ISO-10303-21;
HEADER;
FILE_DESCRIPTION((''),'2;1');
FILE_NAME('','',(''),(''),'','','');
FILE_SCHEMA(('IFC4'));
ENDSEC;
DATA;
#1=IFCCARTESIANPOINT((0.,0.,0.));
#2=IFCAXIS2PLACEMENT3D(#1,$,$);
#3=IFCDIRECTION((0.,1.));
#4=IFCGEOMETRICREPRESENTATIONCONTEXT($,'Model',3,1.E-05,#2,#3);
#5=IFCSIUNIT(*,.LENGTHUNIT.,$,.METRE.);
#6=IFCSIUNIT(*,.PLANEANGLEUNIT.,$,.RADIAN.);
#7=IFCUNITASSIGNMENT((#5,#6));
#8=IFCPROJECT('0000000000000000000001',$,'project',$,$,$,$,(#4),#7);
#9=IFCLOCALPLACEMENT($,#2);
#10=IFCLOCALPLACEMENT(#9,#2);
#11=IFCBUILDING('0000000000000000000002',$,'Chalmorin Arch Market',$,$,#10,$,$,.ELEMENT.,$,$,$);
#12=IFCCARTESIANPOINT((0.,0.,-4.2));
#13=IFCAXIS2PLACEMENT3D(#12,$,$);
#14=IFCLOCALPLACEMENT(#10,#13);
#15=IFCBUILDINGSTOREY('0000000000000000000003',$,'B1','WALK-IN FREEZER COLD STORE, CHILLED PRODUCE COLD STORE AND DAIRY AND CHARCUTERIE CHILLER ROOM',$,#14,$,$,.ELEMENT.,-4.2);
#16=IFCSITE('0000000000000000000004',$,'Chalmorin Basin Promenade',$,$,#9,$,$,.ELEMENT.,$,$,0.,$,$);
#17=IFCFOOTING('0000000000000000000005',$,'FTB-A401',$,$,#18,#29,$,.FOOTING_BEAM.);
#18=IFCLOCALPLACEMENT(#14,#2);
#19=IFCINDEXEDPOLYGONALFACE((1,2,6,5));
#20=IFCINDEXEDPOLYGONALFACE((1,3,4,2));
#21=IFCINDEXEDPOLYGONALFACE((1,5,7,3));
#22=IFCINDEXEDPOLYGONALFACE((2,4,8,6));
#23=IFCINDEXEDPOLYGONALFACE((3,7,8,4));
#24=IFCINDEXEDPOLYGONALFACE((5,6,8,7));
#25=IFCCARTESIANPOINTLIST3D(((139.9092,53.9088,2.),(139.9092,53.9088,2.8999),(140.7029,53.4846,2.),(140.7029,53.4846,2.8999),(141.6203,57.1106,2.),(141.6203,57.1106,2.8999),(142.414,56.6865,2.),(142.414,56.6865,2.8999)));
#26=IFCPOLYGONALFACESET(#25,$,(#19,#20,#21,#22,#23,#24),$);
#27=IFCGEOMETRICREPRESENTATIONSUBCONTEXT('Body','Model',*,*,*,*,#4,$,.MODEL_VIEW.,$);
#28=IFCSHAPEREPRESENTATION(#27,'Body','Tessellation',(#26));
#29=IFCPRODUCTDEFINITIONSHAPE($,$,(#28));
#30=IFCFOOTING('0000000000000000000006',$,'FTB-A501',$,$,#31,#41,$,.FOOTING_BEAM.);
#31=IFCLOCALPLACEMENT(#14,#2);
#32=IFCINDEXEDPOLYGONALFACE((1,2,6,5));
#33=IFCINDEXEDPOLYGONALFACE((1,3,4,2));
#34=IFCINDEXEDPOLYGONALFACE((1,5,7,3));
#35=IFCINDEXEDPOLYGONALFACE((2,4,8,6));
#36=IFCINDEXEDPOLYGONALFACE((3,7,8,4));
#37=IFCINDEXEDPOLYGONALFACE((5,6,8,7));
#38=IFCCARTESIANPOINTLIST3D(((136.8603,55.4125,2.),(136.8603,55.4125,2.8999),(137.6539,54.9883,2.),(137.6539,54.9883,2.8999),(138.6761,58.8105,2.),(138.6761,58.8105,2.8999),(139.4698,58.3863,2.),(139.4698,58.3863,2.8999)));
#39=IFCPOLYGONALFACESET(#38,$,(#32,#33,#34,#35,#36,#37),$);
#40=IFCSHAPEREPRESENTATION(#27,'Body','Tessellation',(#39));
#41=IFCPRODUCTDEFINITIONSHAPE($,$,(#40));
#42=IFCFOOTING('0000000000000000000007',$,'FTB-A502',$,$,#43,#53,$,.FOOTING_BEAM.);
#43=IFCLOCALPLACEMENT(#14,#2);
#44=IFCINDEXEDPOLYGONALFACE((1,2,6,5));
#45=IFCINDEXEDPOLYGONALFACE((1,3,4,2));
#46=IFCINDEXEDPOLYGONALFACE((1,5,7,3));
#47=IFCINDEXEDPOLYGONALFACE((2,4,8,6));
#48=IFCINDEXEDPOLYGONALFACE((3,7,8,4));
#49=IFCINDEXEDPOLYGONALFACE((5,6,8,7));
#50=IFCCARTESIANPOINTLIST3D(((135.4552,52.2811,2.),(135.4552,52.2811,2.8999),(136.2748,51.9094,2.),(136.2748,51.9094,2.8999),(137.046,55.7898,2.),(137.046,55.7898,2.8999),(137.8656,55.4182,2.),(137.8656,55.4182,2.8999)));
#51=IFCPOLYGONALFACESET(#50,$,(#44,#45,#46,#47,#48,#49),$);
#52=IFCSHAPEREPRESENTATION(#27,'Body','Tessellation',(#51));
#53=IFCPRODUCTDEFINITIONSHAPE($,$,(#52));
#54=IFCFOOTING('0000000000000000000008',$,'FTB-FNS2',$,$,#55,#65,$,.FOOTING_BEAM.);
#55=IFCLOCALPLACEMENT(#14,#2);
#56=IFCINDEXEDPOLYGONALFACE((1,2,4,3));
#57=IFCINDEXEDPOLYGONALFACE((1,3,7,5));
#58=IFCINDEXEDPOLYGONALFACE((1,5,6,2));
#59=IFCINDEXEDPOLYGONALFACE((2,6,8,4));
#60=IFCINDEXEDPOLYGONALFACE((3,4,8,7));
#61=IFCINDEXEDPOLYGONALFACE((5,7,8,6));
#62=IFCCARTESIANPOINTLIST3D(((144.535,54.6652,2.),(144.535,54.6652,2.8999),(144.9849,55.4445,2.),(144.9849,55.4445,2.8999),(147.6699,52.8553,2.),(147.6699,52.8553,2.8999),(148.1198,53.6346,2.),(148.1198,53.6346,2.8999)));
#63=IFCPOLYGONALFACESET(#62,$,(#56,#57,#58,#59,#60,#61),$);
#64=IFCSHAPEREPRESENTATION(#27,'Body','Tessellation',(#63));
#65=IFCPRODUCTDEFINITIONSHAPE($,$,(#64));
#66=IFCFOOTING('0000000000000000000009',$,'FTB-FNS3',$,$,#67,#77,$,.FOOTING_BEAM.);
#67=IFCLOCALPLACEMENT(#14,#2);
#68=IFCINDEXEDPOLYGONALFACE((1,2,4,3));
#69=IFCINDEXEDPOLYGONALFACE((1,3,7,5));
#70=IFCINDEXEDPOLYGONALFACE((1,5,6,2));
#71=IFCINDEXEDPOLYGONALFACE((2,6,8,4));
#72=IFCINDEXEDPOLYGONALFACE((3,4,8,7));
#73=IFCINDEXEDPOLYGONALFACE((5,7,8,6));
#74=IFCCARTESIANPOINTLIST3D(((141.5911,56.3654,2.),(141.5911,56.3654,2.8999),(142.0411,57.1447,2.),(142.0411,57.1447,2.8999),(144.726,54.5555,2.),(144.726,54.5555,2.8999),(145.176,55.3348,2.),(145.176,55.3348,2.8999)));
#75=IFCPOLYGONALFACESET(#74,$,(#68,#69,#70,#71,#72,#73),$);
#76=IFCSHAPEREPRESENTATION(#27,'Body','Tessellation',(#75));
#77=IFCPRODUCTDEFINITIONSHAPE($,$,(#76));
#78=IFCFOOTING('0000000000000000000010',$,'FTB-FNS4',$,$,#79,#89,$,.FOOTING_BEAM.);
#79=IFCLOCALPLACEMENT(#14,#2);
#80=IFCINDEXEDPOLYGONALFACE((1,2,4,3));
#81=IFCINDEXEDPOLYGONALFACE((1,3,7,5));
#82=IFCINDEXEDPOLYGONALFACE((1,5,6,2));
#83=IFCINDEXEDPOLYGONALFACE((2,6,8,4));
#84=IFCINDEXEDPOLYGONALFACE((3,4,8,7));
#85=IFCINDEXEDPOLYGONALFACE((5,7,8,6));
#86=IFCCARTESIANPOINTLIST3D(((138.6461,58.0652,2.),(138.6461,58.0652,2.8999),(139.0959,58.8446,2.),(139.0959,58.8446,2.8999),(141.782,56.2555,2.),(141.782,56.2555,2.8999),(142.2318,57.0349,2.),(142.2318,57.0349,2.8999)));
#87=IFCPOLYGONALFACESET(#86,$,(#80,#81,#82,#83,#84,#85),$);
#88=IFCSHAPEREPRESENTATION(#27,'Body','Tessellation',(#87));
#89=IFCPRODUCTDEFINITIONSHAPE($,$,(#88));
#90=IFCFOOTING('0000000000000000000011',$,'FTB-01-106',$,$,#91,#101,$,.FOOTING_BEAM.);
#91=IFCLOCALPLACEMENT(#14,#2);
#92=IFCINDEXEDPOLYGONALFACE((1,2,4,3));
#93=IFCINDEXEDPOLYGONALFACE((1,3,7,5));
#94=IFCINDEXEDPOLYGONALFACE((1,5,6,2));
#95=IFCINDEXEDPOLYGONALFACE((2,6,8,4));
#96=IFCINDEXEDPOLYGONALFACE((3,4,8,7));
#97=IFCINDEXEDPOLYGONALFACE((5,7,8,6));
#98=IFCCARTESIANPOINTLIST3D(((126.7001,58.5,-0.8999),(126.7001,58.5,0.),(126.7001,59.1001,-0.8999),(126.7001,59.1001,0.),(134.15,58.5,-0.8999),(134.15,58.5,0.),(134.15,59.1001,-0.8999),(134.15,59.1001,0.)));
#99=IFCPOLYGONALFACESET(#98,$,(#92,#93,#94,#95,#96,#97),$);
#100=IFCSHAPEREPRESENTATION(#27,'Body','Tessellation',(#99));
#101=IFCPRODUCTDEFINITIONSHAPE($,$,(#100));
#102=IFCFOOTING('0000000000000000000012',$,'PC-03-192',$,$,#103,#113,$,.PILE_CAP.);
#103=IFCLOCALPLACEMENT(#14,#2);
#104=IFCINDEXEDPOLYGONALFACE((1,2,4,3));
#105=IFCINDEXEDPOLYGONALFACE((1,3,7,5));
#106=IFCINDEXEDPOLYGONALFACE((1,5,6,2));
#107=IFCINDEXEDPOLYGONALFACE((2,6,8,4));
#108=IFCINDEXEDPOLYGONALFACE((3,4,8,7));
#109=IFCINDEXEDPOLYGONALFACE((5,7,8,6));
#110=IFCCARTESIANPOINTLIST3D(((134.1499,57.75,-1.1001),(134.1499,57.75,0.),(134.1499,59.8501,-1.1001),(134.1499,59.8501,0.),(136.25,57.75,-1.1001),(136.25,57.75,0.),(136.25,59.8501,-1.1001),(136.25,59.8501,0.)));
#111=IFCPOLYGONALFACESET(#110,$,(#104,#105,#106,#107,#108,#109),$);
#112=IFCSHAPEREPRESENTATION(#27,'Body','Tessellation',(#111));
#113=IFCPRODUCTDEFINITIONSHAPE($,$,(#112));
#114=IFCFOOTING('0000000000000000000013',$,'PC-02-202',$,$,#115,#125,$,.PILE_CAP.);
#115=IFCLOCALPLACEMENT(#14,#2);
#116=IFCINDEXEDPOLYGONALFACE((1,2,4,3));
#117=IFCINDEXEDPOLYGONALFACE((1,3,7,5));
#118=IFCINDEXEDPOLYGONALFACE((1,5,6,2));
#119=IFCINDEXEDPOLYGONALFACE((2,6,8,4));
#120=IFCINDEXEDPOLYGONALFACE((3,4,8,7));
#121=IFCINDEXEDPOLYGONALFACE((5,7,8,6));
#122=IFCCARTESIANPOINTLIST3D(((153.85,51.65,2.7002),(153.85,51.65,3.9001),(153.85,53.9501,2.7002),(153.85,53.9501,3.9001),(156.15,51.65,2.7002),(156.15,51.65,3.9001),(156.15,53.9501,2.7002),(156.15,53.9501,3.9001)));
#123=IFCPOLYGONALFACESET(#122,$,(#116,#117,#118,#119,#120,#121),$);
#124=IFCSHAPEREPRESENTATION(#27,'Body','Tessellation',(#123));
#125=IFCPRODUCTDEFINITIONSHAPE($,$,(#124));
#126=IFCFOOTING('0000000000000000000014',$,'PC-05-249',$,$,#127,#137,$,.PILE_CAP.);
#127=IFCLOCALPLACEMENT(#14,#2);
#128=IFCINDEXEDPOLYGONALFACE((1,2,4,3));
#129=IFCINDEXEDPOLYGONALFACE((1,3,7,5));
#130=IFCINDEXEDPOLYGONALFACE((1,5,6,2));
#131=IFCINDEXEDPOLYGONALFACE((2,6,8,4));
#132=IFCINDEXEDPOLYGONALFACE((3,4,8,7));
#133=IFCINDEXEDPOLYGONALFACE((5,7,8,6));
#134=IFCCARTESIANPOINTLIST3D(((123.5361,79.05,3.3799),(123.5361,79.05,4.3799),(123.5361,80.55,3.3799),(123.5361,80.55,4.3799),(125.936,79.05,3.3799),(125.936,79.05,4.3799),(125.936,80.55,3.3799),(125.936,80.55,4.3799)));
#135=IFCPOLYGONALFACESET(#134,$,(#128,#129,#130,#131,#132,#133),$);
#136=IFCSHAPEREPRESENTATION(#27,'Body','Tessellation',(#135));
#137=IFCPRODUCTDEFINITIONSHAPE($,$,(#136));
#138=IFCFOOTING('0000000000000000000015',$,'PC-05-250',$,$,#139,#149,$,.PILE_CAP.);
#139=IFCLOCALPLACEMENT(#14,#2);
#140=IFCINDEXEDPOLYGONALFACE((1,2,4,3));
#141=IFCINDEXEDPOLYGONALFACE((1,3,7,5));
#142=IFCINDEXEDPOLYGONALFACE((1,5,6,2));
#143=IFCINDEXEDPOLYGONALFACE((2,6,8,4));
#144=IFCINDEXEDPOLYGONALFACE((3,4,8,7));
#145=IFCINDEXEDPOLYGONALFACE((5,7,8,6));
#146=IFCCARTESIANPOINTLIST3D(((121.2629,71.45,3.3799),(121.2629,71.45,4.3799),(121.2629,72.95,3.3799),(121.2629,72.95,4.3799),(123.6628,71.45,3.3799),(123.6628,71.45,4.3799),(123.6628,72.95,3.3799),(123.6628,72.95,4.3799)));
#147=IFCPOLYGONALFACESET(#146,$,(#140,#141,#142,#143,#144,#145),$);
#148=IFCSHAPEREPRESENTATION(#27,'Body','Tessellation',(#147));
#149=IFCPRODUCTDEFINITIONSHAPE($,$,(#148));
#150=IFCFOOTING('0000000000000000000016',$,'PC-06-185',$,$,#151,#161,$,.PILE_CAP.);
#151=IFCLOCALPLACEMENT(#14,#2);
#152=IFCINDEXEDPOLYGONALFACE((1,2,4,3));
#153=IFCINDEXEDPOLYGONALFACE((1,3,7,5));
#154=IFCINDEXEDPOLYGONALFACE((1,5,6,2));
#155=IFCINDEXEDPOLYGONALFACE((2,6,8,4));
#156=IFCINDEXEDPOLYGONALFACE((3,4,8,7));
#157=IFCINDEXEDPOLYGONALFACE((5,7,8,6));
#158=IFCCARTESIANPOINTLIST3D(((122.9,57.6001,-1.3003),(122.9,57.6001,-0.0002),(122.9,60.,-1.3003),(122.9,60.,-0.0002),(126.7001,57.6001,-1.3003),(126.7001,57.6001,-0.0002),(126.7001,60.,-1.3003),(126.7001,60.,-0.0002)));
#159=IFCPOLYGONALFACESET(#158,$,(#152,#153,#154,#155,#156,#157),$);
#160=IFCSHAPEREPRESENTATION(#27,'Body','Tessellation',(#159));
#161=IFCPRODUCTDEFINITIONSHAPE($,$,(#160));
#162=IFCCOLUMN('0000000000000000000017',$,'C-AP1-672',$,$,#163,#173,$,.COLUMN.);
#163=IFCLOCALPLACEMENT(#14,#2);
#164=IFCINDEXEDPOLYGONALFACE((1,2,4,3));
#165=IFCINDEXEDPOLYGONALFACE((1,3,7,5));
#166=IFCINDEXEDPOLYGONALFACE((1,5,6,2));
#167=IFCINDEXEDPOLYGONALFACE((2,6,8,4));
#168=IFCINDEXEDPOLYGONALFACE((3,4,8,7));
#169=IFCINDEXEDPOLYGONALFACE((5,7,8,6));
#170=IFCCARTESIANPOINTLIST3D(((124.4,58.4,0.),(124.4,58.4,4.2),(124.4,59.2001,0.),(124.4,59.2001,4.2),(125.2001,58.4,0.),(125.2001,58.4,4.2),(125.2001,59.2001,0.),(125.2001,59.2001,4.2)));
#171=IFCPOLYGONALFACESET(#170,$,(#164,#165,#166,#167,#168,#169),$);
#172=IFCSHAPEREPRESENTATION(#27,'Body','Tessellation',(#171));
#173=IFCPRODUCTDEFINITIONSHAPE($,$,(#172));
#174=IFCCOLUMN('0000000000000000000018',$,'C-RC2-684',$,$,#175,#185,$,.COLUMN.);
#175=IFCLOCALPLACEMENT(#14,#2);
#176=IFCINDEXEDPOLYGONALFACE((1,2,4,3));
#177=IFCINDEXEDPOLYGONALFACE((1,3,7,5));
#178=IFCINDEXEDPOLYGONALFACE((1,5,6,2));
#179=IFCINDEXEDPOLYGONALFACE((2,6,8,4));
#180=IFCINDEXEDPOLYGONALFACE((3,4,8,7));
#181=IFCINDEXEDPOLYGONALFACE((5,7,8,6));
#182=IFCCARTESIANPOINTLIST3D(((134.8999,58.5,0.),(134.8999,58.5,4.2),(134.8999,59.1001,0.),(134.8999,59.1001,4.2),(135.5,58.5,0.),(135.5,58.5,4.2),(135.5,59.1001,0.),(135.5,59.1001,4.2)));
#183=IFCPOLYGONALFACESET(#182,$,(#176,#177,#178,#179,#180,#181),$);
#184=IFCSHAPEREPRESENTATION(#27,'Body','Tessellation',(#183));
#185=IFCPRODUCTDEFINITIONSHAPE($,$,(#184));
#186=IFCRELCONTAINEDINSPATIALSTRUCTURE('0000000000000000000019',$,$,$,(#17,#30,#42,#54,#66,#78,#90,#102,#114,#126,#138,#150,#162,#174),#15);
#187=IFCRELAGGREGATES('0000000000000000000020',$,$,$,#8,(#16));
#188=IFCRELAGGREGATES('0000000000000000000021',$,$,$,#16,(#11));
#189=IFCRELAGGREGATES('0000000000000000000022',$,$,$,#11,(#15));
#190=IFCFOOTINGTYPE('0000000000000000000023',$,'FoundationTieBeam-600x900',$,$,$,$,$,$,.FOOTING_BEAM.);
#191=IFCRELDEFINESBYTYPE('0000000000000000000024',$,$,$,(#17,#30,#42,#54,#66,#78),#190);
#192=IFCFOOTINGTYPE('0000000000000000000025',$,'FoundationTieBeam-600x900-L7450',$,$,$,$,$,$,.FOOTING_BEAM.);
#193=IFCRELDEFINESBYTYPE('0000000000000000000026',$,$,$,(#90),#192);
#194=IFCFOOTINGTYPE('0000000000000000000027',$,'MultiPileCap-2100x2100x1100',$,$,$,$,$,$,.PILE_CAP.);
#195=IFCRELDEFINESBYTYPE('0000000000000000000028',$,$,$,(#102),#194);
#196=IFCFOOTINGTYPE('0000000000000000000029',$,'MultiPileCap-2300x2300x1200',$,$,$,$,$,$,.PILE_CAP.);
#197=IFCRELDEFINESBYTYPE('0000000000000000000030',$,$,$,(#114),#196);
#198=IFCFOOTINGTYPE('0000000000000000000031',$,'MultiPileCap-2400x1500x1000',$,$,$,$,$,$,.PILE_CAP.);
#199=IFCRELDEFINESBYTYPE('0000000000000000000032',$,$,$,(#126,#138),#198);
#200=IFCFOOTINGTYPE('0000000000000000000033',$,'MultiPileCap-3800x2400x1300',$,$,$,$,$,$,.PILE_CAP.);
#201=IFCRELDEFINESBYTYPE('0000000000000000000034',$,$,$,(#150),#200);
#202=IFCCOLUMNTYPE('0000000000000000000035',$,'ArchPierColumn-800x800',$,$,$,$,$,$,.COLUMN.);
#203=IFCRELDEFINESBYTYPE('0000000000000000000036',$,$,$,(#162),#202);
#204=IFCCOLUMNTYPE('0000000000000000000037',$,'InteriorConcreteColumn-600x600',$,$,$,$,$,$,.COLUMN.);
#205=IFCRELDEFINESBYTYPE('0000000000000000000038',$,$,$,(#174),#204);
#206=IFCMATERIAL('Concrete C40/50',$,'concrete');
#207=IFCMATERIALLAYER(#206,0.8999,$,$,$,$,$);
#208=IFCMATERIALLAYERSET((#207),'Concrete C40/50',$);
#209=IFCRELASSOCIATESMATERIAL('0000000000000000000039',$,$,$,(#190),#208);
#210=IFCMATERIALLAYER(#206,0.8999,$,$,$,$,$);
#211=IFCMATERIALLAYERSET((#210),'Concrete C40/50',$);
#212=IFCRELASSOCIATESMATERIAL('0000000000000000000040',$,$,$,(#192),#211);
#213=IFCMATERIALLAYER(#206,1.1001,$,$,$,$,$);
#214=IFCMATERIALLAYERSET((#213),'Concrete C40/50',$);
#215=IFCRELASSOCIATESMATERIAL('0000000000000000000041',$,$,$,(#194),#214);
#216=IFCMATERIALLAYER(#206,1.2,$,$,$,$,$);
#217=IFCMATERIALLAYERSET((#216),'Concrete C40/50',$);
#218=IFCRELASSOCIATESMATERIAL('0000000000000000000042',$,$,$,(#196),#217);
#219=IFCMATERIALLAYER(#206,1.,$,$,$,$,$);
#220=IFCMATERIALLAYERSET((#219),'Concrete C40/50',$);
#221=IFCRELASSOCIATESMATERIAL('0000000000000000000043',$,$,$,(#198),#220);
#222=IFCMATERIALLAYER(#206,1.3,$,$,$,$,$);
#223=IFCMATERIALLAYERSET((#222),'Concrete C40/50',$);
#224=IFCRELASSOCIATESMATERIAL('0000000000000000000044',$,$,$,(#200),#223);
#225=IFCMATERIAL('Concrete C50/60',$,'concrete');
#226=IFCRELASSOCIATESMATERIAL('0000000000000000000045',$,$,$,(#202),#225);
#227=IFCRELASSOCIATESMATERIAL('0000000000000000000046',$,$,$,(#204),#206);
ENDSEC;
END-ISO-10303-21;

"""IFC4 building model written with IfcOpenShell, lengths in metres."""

from ifc_helpers import new_model, si_unit, direction, frame, origin, origin_2d, place, context, subcontext, project, spatial, rectangle, extrude, material, layer, layer_set, material_profile, profile_set, type_object, element, save


model = new_model("IFC4")

# Units and contexts
model_context = context("Model", 3, precision=1e-05, world=origin(), true_north=direction((0.0, 1.0)))
body_context = subcontext(model_context, "Body", "Model", "MODEL_VIEW")
ifc_project = project(units=[si_unit("LENGTHUNIT", "METRE"), si_unit("PLANEANGLEUNIT", "RADIAN")], contexts=[model_context])

# Site, building, storey
site_placement = place(None, origin())
site = spatial("IfcSite", under=ifc_project, at=site_placement, Name="Chalmorin Basin Promenade", CompositionType="ELEMENT", RefElevation=0.0)
building_placement = place(site_placement, origin())
building = spatial("IfcBuilding", under=site, at=building_placement, Name="Chalmorin Arch Market", CompositionType="ELEMENT")
storey_placement = place(building_placement, frame((0.0, 0.0, -4.2)))
storey = spatial("IfcBuildingStorey", under=building, at=storey_placement, Name="B1", Description="WALK-IN FREEZER COLD STORE, CHILLED PRODUCE COLD STORE AND DAIRY AND CHARCUTERIE CHILLER ROOM", CompositionType="ELEMENT", Elevation=-4.2)

# Footings
ifc_material_1 = material(Name="Concrete C40/50", Category="concrete")
ifc_layer_1 = layer(ifc_material_1, 0.8999)
ifc_layer_set_1 = layer_set([ifc_layer_1], Name="Concrete C40/50")
footing_type_1 = type_object("IfcFootingType", Name="FoundationTieBeam-600x900", PredefinedType="FOOTING_BEAM", material=ifc_layer_set_1)
footing_1_placement = place(storey_placement, frame((141.1616, 55.2976, 2.0), z_axis=(0.0, 0.0, 1.0), x_axis=(-0.47132, -0.881962, 0.0)))
element("IfcFooting", 1, at=footing_1_placement, inside=storey, type_object=footing_type_1, Name="FTB-A401", PredefinedType="FOOTING_BEAM", context=body_context, shape_type="SweptSolid", body=[
    extrude(rectangle(XDim=3.6304, YDim=0.8999, at=origin_2d()), origin(), (0.0, 0.0, 1.0), 0.8999),
])
footing_2_placement = place(storey_placement, frame((138.165, 56.8994, 2.0), z_axis=(0.0, 0.0, 1.0), x_axis=(-0.47132, -0.881962, 0.0)))
element("IfcFooting", 2, at=footing_2_placement, inside=storey, type_object=footing_type_1, Name="FTB-A501", PredefinedType="FOOTING_BEAM", context=body_context, shape_type="SweptSolid", body=[
    extrude(rectangle(XDim=3.8528, YDim=0.8999, at=origin_2d()), origin(), (0.0, 0.0, 1.0), 0.8999),
])
footing_3_placement = place(storey_placement, frame((136.6604, 53.8496, 2.0), z_axis=(0.0, 0.0, 1.0), x_axis=(-0.412945, -0.910756, 0.0)))
element("IfcFooting", 3, at=footing_3_placement, inside=storey, type_object=footing_type_1, Name="FTB-A502", PredefinedType="FOOTING_BEAM", context=body_context, shape_type="SweptSolid", body=[
    extrude(rectangle(XDim=3.8525, YDim=0.8999, at=origin_2d()), origin(), (0.0, 0.0, 1.0), 0.8999),
])
for number, where, z_axis, x_axis, name in (
    (4, (146.3274, 54.1499, 2.0), (0.0, 0.0, 1.0), (-0.866025, 0.5, 0.0), "FTB-FNS2"),
    (5, (143.3835, 55.8501, 2.0), (0.0, 0.0, 1.0), (-0.866025, 0.5, 0.0), "FTB-FNS3"),
):
    element("IfcFooting", number, at=place(storey_placement, frame(where, z_axis=z_axis, x_axis=x_axis)), inside=storey, type_object=footing_type_1, Name=name, PredefinedType="FOOTING_BEAM", context=body_context, shape_type="SweptSolid", body=[
        extrude(rectangle(XDim=3.6199, YDim=0.8999, at=origin_2d()), origin(), (0.0, 0.0, 1.0), 0.8999),
    ])
footing_4_placement = place(storey_placement, frame((140.439, 57.55, 2.0), z_axis=(0.0, 0.0, 1.0), x_axis=(-0.866113, 0.499849, 0.0)))
element("IfcFooting", 6, at=footing_4_placement, inside=storey, type_object=footing_type_1, Name="FTB-FNS4", PredefinedType="FOOTING_BEAM", context=body_context, shape_type="SweptSolid", body=[
    extrude(rectangle(XDim=3.6206, YDim=0.8999, at=origin_2d()), origin(), (0.0, 0.0, 1.0), 0.8999),
])
ifc_layer_2 = layer(ifc_material_1, 0.8999)
ifc_layer_set_2 = layer_set([ifc_layer_2], Name="Concrete C40/50")
footing_type_2 = type_object("IfcFootingType", Name="FoundationTieBeam-600x900-L7450", PredefinedType="FOOTING_BEAM", material=ifc_layer_set_2)
footing_5_placement = place(storey_placement, frame((130.425, 58.8, -0.8999), z_axis=(0.0, 0.0, 1.0), x_axis=(1.0, 0.0, 0.0)))
element("IfcFooting", 7, at=footing_5_placement, inside=storey, type_object=footing_type_2, Name="FTB-01-106", PredefinedType="FOOTING_BEAM", context=body_context, shape_type="SweptSolid", body=[
    extrude(rectangle(XDim=7.45, YDim=0.6001, at=origin_2d()), origin(), (0.0, 0.0, 1.0), 0.8999),
])
ifc_layer_3 = layer(ifc_material_1, 1.1001)
ifc_layer_set_3 = layer_set([ifc_layer_3], Name="Concrete C40/50")
footing_type_3 = type_object("IfcFootingType", Name="MultiPileCap-2100x2100x1100", PredefinedType="PILE_CAP", material=ifc_layer_set_3)
footing_6_placement = place(storey_placement, frame((135.2, 58.8, -1.1001), z_axis=(0.0, 0.0, 1.0), x_axis=(1.0, 0.0, 0.0)))
element("IfcFooting", 8, at=footing_6_placement, inside=storey, type_object=footing_type_3, Name="PC-03-192", PredefinedType="PILE_CAP", context=body_context, shape_type="SweptSolid", body=[
    extrude(rectangle(XDim=2.1001, YDim=2.1001, at=origin_2d()), origin(), (0.0, 0.0, 1.0), 1.1001),
])
ifc_layer_4 = layer(ifc_material_1, 1.2)
ifc_layer_set_4 = layer_set([ifc_layer_4], Name="Concrete C40/50")
footing_type_4 = type_object("IfcFootingType", Name="MultiPileCap-2300x2300x1200", PredefinedType="PILE_CAP", material=ifc_layer_set_4)
footing_7_placement = place(storey_placement, frame((155.0, 52.8, 2.7002), z_axis=(0.0, 0.0, 1.0), x_axis=(1.0, 0.0, 0.0)))
element("IfcFooting", 9, at=footing_7_placement, inside=storey, type_object=footing_type_4, Name="PC-02-202", PredefinedType="PILE_CAP", context=body_context, shape_type="SweptSolid", body=[
    extrude(rectangle(XDim=2.3, YDim=2.3, at=origin_2d()), origin(), (0.0, 0.0, 1.0), 1.2),
])
ifc_layer_5 = layer(ifc_material_1, 1.0)
ifc_layer_set_5 = layer_set([ifc_layer_5], Name="Concrete C40/50")
footing_type_5 = type_object("IfcFootingType", Name="MultiPileCap-2400x1500x1000", PredefinedType="PILE_CAP", material=ifc_layer_set_5)
for number, where, z_axis, x_axis, name in (
    (10, (124.7361, 79.8, 3.3799), (0.0, 0.0, 1.0), (1.0, 0.0, 0.0), "PC-05-249"),
    (11, (122.4629, 72.2, 3.3799), (0.0, 0.0, 1.0), (1.0, 0.0, 0.0), "PC-05-250"),
):
    element("IfcFooting", number, at=place(storey_placement, frame(where, z_axis=z_axis, x_axis=x_axis)), inside=storey, type_object=footing_type_5, Name=name, PredefinedType="PILE_CAP", context=body_context, shape_type="SweptSolid", body=[
        extrude(rectangle(XDim=2.3999, YDim=1.5, at=origin_2d()), origin(), (0.0, 0.0, 1.0), 1.0),
    ])
ifc_layer_6 = layer(ifc_material_1, 1.3)
ifc_layer_set_6 = layer_set([ifc_layer_6], Name="Concrete C40/50")
footing_type_6 = type_object("IfcFootingType", Name="MultiPileCap-3800x2400x1300", PredefinedType="PILE_CAP", material=ifc_layer_set_6)
footing_8_placement = place(storey_placement, frame((124.8, 58.8, -1.3003), z_axis=(0.0, 0.0, 1.0), x_axis=(1.0, 0.0, 0.0)))
element("IfcFooting", 12, at=footing_8_placement, inside=storey, type_object=footing_type_6, Name="PC-06-185", PredefinedType="PILE_CAP", context=body_context, shape_type="SweptSolid", body=[
    extrude(rectangle(XDim=3.8, YDim=2.3999, at=origin_2d()), origin(), (0.0, 0.0, 1.0), 1.3),
])

# Columns
ifc_material_2 = material(Name="Concrete C50/60", Category="concrete")
ifc_material_profile_1 = material_profile(ifc_material_2, rectangle(XDim=0.8, YDim=0.8, at=origin_2d()), Name="RC800X800")
ifc_profile_set_1 = profile_set([ifc_material_profile_1], Name="Concrete C50/60")
column_type_1 = type_object("IfcColumnType", Name="ArchPierColumn-800x800", PredefinedType="COLUMN", material=ifc_profile_set_1)
column_1_placement = place(storey_placement, frame((124.8, 58.8, 0.0), z_axis=(0.0, 0.0, 1.0), x_axis=(1.0, 0.0, 0.0)))
element("IfcColumn", 13, at=column_1_placement, inside=storey, type_object=column_type_1, Name="C-AP1-672", PredefinedType="COLUMN", context=body_context, shape_type="SweptSolid", body=[
    extrude(rectangle(XDim=0.8, YDim=0.8, at=origin_2d()), origin(), (0.0, 0.0, 1.0), 4.2),
])
ifc_material_profile_2 = material_profile(ifc_material_1, rectangle(XDim=0.6001, YDim=0.6001, at=origin_2d()), Name="RC600X600")
ifc_profile_set_2 = profile_set([ifc_material_profile_2], Name="Concrete C40/50")
column_type_2 = type_object("IfcColumnType", Name="InteriorConcreteColumn-600x600", PredefinedType="COLUMN", material=ifc_profile_set_2)
column_2_placement = place(storey_placement, frame((135.2, 58.8, 0.0), z_axis=(0.0, 0.0, 1.0), x_axis=(1.0, 0.0, 0.0)))
element("IfcColumn", 14, at=column_2_placement, inside=storey, type_object=column_type_2, Name="C-RC2-684", PredefinedType="COLUMN", context=body_context, shape_type="SweptSolid", body=[
    extrude(rectangle(XDim=0.6001, YDim=0.6001, at=origin_2d()), origin(), (0.0, 0.0, 1.0), 4.2),
])

save(model, "model.ifc")
